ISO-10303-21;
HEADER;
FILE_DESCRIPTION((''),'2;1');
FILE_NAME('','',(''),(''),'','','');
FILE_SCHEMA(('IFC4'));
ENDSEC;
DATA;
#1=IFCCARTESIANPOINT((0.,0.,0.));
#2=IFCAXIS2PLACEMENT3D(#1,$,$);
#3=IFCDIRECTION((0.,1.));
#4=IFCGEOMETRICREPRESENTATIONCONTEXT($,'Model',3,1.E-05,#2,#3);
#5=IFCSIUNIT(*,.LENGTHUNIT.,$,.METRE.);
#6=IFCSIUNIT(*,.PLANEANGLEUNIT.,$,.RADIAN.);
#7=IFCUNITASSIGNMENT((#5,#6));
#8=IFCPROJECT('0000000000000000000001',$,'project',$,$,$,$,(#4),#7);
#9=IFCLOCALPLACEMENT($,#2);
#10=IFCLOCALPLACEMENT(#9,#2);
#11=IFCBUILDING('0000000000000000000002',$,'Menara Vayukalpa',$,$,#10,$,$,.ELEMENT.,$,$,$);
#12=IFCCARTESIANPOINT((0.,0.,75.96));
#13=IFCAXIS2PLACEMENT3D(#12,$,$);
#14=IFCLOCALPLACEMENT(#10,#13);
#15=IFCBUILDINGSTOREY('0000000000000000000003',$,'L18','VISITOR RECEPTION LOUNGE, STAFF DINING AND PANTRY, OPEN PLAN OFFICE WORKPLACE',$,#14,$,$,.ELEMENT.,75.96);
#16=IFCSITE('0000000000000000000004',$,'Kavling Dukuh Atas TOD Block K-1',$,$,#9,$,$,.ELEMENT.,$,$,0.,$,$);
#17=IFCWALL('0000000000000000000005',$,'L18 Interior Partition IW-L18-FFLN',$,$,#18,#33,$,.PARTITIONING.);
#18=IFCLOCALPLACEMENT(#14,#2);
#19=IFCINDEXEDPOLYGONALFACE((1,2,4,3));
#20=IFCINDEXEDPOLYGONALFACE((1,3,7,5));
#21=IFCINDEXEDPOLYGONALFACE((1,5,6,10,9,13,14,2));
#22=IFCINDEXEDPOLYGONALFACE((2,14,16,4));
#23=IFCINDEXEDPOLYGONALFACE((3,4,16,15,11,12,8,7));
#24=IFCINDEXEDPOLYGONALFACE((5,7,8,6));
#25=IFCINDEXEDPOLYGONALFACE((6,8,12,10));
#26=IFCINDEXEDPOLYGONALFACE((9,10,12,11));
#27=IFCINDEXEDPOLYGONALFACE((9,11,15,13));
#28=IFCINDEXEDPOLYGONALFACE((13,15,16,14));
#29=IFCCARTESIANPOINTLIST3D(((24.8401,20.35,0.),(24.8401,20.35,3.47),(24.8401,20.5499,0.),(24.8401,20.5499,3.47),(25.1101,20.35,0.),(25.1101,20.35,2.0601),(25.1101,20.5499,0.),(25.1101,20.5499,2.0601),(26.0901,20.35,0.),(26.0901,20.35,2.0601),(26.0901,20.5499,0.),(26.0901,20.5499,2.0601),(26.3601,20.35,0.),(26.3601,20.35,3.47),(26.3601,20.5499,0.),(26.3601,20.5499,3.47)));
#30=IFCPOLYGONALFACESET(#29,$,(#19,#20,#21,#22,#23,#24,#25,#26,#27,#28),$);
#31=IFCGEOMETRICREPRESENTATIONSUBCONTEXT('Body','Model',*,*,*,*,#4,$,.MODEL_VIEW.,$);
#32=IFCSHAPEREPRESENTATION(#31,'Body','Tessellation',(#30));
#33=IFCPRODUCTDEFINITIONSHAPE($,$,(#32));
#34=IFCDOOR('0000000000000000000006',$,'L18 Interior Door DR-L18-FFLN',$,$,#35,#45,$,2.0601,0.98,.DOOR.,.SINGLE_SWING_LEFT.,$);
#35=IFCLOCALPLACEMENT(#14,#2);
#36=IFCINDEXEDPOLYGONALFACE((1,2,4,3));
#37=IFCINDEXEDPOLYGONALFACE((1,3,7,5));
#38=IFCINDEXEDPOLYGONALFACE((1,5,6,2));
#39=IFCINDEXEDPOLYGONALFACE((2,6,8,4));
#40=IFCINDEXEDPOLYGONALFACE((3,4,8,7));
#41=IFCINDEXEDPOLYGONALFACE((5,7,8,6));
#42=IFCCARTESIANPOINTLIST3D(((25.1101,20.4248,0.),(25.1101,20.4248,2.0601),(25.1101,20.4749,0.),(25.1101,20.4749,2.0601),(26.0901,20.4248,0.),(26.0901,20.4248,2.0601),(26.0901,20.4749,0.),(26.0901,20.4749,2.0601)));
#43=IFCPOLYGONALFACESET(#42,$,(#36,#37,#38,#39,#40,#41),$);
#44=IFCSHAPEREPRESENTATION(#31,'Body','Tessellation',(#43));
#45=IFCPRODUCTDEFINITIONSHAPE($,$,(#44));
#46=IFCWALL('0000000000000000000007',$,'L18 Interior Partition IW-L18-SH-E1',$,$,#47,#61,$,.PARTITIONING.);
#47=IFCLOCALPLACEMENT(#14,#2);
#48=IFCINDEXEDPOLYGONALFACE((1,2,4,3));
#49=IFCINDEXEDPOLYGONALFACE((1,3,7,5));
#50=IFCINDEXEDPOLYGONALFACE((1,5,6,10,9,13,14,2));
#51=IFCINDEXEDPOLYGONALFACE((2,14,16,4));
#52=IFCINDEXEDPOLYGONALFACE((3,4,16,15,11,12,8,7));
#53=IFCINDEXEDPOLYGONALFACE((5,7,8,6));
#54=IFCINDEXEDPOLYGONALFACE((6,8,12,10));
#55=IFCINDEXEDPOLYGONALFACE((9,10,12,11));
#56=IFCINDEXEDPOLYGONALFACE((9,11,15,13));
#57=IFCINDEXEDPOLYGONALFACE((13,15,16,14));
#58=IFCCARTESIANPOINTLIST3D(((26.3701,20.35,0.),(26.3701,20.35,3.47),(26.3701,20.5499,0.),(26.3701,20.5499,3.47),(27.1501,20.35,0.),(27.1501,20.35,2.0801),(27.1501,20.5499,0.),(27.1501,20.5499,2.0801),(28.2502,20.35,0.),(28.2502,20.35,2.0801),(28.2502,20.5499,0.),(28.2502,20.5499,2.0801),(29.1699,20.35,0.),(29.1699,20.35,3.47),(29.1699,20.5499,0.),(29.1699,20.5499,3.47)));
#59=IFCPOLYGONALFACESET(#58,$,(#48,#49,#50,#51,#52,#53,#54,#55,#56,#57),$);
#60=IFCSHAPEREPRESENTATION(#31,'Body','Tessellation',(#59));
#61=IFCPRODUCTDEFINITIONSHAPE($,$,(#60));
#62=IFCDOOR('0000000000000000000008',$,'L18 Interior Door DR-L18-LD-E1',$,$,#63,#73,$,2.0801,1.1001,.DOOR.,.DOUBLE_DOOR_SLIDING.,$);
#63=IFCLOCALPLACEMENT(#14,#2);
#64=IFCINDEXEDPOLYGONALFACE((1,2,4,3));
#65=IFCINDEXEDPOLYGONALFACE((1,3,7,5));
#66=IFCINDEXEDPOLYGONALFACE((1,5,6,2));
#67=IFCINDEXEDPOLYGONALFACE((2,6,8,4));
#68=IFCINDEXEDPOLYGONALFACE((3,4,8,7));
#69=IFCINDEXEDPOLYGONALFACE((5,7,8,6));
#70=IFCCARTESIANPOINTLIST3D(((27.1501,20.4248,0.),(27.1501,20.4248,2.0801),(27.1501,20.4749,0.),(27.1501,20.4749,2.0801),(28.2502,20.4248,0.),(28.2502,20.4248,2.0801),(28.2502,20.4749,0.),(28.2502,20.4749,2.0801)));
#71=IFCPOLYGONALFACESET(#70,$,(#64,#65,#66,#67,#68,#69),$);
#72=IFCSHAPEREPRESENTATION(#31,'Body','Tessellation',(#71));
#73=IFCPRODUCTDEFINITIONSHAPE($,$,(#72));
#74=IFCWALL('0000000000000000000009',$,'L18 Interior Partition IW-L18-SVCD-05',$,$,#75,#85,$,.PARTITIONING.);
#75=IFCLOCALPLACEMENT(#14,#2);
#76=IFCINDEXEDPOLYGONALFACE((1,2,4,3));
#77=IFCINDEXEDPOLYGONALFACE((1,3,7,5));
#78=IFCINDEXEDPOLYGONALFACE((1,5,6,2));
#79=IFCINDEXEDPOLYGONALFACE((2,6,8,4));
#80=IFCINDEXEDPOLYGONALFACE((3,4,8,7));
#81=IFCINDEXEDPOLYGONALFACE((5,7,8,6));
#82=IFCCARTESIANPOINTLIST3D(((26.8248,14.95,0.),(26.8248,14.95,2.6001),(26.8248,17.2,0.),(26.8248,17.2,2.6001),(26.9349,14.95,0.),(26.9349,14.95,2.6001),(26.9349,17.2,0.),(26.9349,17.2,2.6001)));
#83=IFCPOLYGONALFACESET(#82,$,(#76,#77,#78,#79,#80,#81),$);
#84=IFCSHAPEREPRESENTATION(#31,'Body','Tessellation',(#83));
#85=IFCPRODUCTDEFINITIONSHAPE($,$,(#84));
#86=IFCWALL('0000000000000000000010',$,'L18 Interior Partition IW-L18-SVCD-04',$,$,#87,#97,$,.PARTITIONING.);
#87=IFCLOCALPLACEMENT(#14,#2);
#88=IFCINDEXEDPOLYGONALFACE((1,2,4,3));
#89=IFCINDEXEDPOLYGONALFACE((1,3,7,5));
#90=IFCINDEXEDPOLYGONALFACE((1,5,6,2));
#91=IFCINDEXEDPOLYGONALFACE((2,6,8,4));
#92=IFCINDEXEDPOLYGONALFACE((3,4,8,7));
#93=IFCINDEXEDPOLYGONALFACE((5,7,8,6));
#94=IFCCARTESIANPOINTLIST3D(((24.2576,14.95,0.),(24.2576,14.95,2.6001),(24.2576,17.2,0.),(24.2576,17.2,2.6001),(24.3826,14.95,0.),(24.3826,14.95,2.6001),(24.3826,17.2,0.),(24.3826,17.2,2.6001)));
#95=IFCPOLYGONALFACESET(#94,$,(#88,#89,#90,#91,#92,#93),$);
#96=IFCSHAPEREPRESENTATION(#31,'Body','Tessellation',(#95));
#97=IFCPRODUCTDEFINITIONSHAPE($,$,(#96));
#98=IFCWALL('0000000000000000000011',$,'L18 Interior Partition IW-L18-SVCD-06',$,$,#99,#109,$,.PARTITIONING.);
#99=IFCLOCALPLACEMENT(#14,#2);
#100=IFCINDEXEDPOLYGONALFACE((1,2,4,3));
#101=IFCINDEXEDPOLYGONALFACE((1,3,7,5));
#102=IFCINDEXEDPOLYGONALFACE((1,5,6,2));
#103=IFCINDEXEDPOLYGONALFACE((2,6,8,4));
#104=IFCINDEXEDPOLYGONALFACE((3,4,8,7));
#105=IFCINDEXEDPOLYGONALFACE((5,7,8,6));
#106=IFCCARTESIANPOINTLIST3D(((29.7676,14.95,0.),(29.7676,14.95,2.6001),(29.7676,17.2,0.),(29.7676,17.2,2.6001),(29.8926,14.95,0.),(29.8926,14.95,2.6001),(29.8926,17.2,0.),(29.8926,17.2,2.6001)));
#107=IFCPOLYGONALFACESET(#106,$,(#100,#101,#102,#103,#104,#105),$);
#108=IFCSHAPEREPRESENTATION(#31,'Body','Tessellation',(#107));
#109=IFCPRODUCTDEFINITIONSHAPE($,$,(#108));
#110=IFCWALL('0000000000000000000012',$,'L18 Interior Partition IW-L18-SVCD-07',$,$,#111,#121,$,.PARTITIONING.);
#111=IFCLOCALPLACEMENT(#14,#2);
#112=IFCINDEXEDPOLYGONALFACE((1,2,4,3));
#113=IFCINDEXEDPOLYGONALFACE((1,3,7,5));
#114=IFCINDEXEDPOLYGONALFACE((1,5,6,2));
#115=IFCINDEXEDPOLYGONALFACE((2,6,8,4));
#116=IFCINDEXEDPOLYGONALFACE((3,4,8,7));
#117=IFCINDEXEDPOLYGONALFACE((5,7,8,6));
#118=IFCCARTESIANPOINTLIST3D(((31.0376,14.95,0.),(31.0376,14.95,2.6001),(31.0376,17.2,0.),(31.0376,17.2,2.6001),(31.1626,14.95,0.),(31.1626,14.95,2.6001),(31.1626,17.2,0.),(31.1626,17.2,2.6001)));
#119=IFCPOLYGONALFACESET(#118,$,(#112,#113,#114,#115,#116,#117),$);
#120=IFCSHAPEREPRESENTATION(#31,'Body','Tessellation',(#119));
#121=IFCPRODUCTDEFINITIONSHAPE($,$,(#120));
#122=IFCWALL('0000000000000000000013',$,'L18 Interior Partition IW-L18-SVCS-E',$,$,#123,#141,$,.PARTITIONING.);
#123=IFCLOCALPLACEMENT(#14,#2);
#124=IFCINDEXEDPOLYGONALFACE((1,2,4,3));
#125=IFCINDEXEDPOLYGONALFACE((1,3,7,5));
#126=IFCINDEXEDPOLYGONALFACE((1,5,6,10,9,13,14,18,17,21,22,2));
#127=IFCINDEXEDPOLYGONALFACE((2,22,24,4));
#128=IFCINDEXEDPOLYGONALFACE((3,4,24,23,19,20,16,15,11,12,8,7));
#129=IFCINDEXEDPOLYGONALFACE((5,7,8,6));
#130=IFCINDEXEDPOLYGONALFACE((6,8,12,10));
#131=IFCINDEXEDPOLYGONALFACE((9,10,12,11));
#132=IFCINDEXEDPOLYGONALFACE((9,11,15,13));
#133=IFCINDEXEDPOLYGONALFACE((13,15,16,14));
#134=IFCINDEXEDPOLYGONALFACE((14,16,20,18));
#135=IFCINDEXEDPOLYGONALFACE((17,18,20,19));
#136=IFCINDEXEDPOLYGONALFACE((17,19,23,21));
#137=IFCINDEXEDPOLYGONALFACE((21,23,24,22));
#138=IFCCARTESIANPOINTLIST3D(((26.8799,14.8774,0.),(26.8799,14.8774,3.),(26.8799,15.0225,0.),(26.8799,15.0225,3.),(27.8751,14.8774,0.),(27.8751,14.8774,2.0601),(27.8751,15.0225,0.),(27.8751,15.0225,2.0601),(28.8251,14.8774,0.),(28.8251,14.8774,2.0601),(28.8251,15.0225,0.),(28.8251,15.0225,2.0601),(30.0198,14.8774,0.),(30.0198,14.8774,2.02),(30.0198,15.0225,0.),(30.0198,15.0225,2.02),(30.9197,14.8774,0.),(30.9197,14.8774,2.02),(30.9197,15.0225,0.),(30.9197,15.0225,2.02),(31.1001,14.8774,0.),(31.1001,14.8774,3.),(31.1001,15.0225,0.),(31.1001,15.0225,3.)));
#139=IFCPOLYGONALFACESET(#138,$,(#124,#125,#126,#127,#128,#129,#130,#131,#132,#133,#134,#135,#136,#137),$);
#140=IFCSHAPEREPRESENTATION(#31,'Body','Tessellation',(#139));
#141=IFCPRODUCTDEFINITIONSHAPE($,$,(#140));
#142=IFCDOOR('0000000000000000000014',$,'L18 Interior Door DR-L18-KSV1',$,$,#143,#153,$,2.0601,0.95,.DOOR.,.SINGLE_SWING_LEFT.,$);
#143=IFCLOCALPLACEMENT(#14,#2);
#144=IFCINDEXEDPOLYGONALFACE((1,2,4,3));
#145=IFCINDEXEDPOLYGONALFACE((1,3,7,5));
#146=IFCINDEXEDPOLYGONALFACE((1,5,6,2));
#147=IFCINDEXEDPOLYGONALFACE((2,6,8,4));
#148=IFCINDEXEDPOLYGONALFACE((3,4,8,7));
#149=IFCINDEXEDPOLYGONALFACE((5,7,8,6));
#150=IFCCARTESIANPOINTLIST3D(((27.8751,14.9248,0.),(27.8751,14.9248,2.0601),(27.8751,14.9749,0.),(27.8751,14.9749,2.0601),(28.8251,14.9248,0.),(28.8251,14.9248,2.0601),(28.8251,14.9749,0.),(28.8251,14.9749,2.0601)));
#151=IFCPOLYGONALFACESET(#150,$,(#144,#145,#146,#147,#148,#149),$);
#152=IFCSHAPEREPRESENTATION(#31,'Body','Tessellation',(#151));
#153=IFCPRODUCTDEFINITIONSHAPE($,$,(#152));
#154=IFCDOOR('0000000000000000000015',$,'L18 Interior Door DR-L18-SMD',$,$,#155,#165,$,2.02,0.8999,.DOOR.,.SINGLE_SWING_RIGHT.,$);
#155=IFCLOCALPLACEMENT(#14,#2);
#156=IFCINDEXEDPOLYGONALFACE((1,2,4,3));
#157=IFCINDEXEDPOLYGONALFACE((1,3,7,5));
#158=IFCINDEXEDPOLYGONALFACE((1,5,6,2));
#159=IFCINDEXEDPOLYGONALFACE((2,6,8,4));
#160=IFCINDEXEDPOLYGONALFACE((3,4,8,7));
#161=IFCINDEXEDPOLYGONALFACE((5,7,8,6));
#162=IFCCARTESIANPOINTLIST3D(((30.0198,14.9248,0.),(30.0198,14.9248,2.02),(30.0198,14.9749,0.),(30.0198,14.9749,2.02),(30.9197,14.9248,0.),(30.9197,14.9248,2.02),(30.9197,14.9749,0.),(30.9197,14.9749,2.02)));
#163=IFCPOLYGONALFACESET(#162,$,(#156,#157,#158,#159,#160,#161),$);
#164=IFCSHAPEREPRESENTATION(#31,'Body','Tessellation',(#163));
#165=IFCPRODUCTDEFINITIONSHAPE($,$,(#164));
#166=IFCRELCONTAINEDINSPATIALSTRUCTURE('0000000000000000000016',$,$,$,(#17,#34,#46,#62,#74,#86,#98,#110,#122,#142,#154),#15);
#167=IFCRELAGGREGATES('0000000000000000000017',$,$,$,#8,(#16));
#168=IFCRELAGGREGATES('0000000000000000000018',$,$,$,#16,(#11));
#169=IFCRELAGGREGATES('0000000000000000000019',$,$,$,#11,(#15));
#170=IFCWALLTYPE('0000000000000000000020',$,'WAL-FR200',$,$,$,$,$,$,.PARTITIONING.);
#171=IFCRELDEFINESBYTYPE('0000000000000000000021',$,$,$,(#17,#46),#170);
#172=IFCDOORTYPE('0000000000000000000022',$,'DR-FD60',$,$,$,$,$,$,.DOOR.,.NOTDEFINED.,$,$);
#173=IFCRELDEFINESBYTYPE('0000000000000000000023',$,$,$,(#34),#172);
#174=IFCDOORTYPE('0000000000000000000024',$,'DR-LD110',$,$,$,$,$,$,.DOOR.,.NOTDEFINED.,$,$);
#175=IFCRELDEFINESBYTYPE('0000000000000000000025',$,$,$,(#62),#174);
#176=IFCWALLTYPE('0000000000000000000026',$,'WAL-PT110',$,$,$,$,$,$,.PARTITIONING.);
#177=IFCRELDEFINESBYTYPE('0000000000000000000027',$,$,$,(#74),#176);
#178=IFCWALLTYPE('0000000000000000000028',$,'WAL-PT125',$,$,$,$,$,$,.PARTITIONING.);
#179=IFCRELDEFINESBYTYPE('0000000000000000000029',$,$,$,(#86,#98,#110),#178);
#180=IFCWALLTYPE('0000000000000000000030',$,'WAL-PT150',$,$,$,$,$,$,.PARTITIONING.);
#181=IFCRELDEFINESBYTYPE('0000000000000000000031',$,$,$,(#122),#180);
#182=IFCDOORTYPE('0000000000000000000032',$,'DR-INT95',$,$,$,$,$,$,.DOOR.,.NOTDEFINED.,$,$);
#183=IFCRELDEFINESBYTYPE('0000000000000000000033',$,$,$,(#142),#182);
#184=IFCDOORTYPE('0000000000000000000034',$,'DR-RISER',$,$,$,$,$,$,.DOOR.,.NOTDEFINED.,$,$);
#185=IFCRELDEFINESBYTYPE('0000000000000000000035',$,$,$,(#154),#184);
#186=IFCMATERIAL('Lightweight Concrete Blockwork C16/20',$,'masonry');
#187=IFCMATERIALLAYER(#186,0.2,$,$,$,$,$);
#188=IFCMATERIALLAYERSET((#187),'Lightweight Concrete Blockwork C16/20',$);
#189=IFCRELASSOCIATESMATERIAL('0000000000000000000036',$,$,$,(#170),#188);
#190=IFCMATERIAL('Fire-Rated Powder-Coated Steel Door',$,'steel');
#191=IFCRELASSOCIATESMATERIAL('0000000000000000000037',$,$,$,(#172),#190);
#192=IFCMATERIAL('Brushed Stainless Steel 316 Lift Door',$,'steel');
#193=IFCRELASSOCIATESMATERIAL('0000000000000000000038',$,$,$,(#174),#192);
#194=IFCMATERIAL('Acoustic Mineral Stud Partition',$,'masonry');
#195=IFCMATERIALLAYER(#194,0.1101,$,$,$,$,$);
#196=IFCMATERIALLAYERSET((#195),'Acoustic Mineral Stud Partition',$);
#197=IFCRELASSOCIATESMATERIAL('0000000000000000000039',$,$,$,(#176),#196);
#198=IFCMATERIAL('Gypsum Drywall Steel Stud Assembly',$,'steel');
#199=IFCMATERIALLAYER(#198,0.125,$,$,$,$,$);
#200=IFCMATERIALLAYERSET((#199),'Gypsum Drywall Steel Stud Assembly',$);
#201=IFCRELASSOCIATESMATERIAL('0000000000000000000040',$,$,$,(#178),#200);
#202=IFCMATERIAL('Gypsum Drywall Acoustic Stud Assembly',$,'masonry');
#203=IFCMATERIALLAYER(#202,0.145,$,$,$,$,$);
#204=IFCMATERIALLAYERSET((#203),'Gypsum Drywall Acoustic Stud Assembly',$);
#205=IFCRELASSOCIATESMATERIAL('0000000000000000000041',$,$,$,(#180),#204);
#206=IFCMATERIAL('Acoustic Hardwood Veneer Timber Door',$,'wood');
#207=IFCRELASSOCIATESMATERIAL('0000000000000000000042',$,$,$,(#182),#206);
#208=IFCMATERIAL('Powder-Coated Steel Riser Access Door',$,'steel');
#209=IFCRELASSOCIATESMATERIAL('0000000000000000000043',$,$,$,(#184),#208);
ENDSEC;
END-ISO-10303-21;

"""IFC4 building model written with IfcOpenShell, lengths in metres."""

from ifc_helpers import new_model, si_unit, direction, frame, frame_2d, origin, place, context, subcontext, project, spatial, rectangle, extrude, material, layer, layer_set, type_object, element, fill, save


model = new_model("IFC4")

# Units and contexts
model_context = context("Model", 3, precision=1e-05, world=origin(), true_north=direction((0.0, 1.0)))
body_context = subcontext(model_context, "Body", "Model", "MODEL_VIEW")
ifc_project = project(units=[si_unit("LENGTHUNIT", "METRE"), si_unit("PLANEANGLEUNIT", "RADIAN")], contexts=[model_context])

# Site, building, storey
site_placement = place(None, origin())
site = spatial("IfcSite", under=ifc_project, at=site_placement, Name="Kavling Dukuh Atas TOD Block K-1", CompositionType="ELEMENT", RefElevation=0.0)
building_placement = place(site_placement, origin())
building = spatial("IfcBuilding", under=site, at=building_placement, Name="Menara Vayukalpa", CompositionType="ELEMENT")
storey_placement = place(building_placement, frame((0.0, 0.0, 75.96)))
storey = spatial("IfcBuildingStorey", under=building, at=storey_placement, Name="L18", Description="VISITOR RECEPTION LOUNGE, STAFF DINING AND PANTRY, OPEN PLAN OFFICE WORKPLACE", CompositionType="ELEMENT", Elevation=75.96)

# Walls, openings, doors
ifc_material_1 = material(Name="Lightweight Concrete Blockwork C16/20", Category="masonry")
ifc_layer_1 = layer(ifc_material_1, 0.2)
ifc_layer_set_1 = layer_set([ifc_layer_1], Name="Lightweight Concrete Blockwork C16/20")
wall_type_1 = type_object("IfcWallType", Name="WAL-FR200", PredefinedType="PARTITIONING", material=ifc_layer_set_1)
wall_1_placement = place(storey_placement, frame((24.8401, 20.45, 0.0), z_axis=(0.0, 0.0, 1.0), x_axis=(1.0, 0.0, 0.0)))
wall_1 = element("IfcWall", 1, at=wall_1_placement, inside=storey, type_object=wall_type_1, Name="L18 Interior Partition IW-L18-FFLN", PredefinedType="PARTITIONING", context=body_context, shape_type="SweptSolid", body=[
    extrude(rectangle(XDim=1.52, YDim=0.2, at=frame_2d((0.76, 0.0))), origin(), (0.0, 0.0, 1.0), 3.47),
])
opening_1_placement = place(wall_1_placement, frame((0.27, 0.0, 0.0)))
opening_1 = element("IfcOpeningElement", 2, at=opening_1_placement, cuts=wall_1, PredefinedType="OPENING", context=body_context, shape_type="SweptSolid", body=[
    extrude(rectangle(XDim=0.98, YDim=2.0601, at=frame_2d((0.49, 1.03))), frame((0.0, 0.1099, 0.0), z_axis=(0.0, -1.0, 0.0), x_axis=(1.0, 0.0, 0.0)), (0.0, 0.0, 1.0), 0.22),
])
ifc_material_2 = material(Name="Fire-Rated Powder-Coated Steel Door", Category="steel")
door_type_1 = type_object("IfcDoorType", Name="DR-FD60", OperationType="NOTDEFINED", PredefinedType="DOOR", material=ifc_material_2)
door_1_placement = place(opening_1_placement, origin())
door_1 = element("IfcDoor", 3, at=door_1_placement, inside=storey, type_object=door_type_1, Name="L18 Interior Door DR-L18-FFLN", OperationType="SINGLE_SWING_LEFT", OverallHeight=2.0601, OverallWidth=0.98, PredefinedType="DOOR", context=body_context, shape_type="SweptSolid", body=[
    extrude(rectangle(XDim=0.98, YDim=2.0601, at=frame_2d((0.49, 1.03))), frame((0.0, 0.0249, 0.0), z_axis=(0.0, -1.0, 0.0), x_axis=(1.0, 0.0, 0.0)), (0.0, 0.0, 1.0), 0.05),
])
fill(opening_1, door_1)
wall_2_placement = place(storey_placement, frame((26.3701, 20.45, 0.0), z_axis=(0.0, 0.0, 1.0), x_axis=(1.0, 0.0, 0.0)))
wall_2 = element("IfcWall", 4, at=wall_2_placement, inside=storey, type_object=wall_type_1, Name="L18 Interior Partition IW-L18-SH-E1", PredefinedType="PARTITIONING", context=body_context, shape_type="SweptSolid", body=[
    extrude(rectangle(XDim=2.7998, YDim=0.2, at=frame_2d((1.3999, 0.0))), origin(), (0.0, 0.0, 1.0), 3.47),
])
opening_2_placement = place(wall_2_placement, frame((0.78, 0.0, 0.0)))
opening_2 = element("IfcOpeningElement", 5, at=opening_2_placement, cuts=wall_2, PredefinedType="OPENING", context=body_context, shape_type="SweptSolid", body=[
    extrude(rectangle(XDim=1.1001, YDim=2.0801, at=frame_2d((0.55, 1.04))), frame((0.0, 0.1099, 0.0), z_axis=(0.0, -1.0, 0.0), x_axis=(1.0, 0.0, 0.0)), (0.0, 0.0, 1.0), 0.22),
])
ifc_material_3 = material(Name="Brushed Stainless Steel 316 Lift Door", Category="steel")
door_type_2 = type_object("IfcDoorType", Name="DR-LD110", OperationType="NOTDEFINED", PredefinedType="DOOR", material=ifc_material_3)
door_2_placement = place(opening_2_placement, origin())
door_2 = element("IfcDoor", 6, at=door_2_placement, inside=storey, type_object=door_type_2, Name="L18 Interior Door DR-L18-LD-E1", OperationType="DOUBLE_DOOR_SLIDING", OverallHeight=2.0801, OverallWidth=1.1001, PredefinedType="DOOR", context=body_context, shape_type="SweptSolid", body=[
    extrude(rectangle(XDim=1.1001, YDim=2.0801, at=frame_2d((0.55, 1.04))), frame((0.0, 0.0249, 0.0), z_axis=(0.0, -1.0, 0.0), x_axis=(1.0, 0.0, 0.0)), (0.0, 0.0, 1.0), 0.05),
])
fill(opening_2, door_2)

# Walls
ifc_material_4 = material(Name="Acoustic Mineral Stud Partition", Category="masonry")
ifc_layer_2 = layer(ifc_material_4, 0.1101)
ifc_layer_set_2 = layer_set([ifc_layer_2], Name="Acoustic Mineral Stud Partition")
wall_type_2 = type_object("IfcWallType", Name="WAL-PT110", PredefinedType="PARTITIONING", material=ifc_layer_set_2)
wall_3_placement = place(storey_placement, frame((26.8799, 14.95, 0.0), z_axis=(0.0, 0.0, 1.0), x_axis=(0.0, 1.0, 0.0)))
element("IfcWall", 7, at=wall_3_placement, inside=storey, type_object=wall_type_2, Name="L18 Interior Partition IW-L18-SVCD-05", PredefinedType="PARTITIONING", context=body_context, shape_type="SweptSolid", body=[
    extrude(rectangle(XDim=2.25, YDim=0.1101, at=frame_2d((1.125, 0.0))), origin(), (0.0, 0.0, 1.0), 2.6001),
])
ifc_material_5 = material(Name="Gypsum Drywall Steel Stud Assembly", Category="steel")
ifc_layer_3 = layer(ifc_material_5, 0.125)
ifc_layer_set_3 = layer_set([ifc_layer_3], Name="Gypsum Drywall Steel Stud Assembly")
wall_type_3 = type_object("IfcWallType", Name="WAL-PT125", PredefinedType="PARTITIONING", material=ifc_layer_set_3)
for number, where, z_axis, x_axis, name in (
    (8, (24.3201, 14.95, 0.0), (0.0, 0.0, 1.0), (0.0, 1.0, 0.0), "L18 Interior Partition IW-L18-SVCD-04"),
    (9, (29.8301, 14.95, 0.0), (0.0, 0.0, 1.0), (0.0, 1.0, 0.0), "L18 Interior Partition IW-L18-SVCD-06"),
    (10, (31.1001, 14.95, 0.0), (0.0, 0.0, 1.0), (0.0, 1.0, 0.0), "L18 Interior Partition IW-L18-SVCD-07"),
):
    element("IfcWall", number, at=place(storey_placement, frame(where, z_axis=z_axis, x_axis=x_axis)), inside=storey, type_object=wall_type_3, Name=name, PredefinedType="PARTITIONING", context=body_context, shape_type="SweptSolid", body=[
        extrude(rectangle(XDim=2.25, YDim=0.125, at=frame_2d((1.125, 0.0))), origin(), (0.0, 0.0, 1.0), 2.6001),
    ])

# Wall, openings, doors
ifc_material_6 = material(Name="Gypsum Drywall Acoustic Stud Assembly", Category="masonry")
ifc_layer_4 = layer(ifc_material_6, 0.145)
ifc_layer_set_4 = layer_set([ifc_layer_4], Name="Gypsum Drywall Acoustic Stud Assembly")
wall_type_4 = type_object("IfcWallType", Name="WAL-PT150", PredefinedType="PARTITIONING", material=ifc_layer_set_4)
wall_4_placement = place(storey_placement, frame((26.8799, 14.95, 0.0), z_axis=(0.0, 0.0, 1.0), x_axis=(1.0, 0.0, 0.0)))
wall_4 = element("IfcWall", 11, at=wall_4_placement, inside=storey, type_object=wall_type_4, Name="L18 Interior Partition IW-L18-SVCS-E", PredefinedType="PARTITIONING", context=body_context, shape_type="SweptSolid", body=[
    extrude(rectangle(XDim=4.2202, YDim=0.145, at=frame_2d((2.1101, 0.0))), origin(), (0.0, 0.0, 1.0), 3.0),
])
opening_3_placement = place(wall_4_placement, frame((0.9951, 0.0, 0.0)))
opening_3 = element("IfcOpeningElement", 12, at=opening_3_placement, cuts=wall_4, PredefinedType="OPENING", context=body_context, shape_type="SweptSolid", body=[
    extrude(rectangle(XDim=0.95, YDim=2.0601, at=frame_2d((0.4751, 1.03))), frame((0.0, 0.0825, 0.0), z_axis=(0.0, -1.0, 0.0), x_axis=(1.0, 0.0, 0.0)), (0.0, 0.0, 1.0), 0.165),
])
opening_4_placement = place(wall_4_placement, frame((3.1399, 0.0, 0.0)))
opening_4 = element("IfcOpeningElement", 13, at=opening_4_placement, cuts=wall_4, PredefinedType="OPENING", context=body_context, shape_type="SweptSolid", body=[
    extrude(rectangle(XDim=0.8999, YDim=2.02, at=frame_2d((0.45, 1.01))), frame((0.0, 0.0825, 0.0), z_axis=(0.0, -1.0, 0.0), x_axis=(1.0, 0.0, 0.0)), (0.0, 0.0, 1.0), 0.165),
])
ifc_material_7 = material(Name="Acoustic Hardwood Veneer Timber Door", Category="wood")
door_type_3 = type_object("IfcDoorType", Name="DR-INT95", OperationType="NOTDEFINED", PredefinedType="DOOR", material=ifc_material_7)
door_3_placement = place(opening_3_placement, origin())
door_3 = element("IfcDoor", 14, at=door_3_placement, inside=storey, type_object=door_type_3, Name="L18 Interior Door DR-L18-KSV1", OperationType="SINGLE_SWING_LEFT", OverallHeight=2.0601, OverallWidth=0.95, PredefinedType="DOOR", context=body_context, shape_type="SweptSolid", body=[
    extrude(rectangle(XDim=0.95, YDim=2.0601, at=frame_2d((0.4751, 1.03))), frame((0.0, 0.0249, 0.0), z_axis=(0.0, -1.0, 0.0), x_axis=(1.0, 0.0, 0.0)), (0.0, 0.0, 1.0), 0.05),
])
fill(opening_3, door_3)
ifc_material_8 = material(Name="Powder-Coated Steel Riser Access Door", Category="steel")
door_type_4 = type_object("IfcDoorType", Name="DR-RISER", OperationType="NOTDEFINED", PredefinedType="DOOR", material=ifc_material_8)
door_4_placement = place(opening_4_placement, origin())
door_4 = element("IfcDoor", 15, at=door_4_placement, inside=storey, type_object=door_type_4, Name="L18 Interior Door DR-L18-SMD", OperationType="SINGLE_SWING_RIGHT", OverallHeight=2.02, OverallWidth=0.8999, PredefinedType="DOOR", context=body_context, shape_type="SweptSolid", body=[
    extrude(rectangle(XDim=0.8999, YDim=2.02, at=frame_2d((0.45, 1.01))), frame((0.0, 0.0249, 0.0), z_axis=(0.0, -1.0, 0.0), x_axis=(1.0, 0.0, 0.0)), (0.0, 0.0, 1.0), 0.05),
])
fill(opening_4, door_4)

save(model, "model.ifc")
